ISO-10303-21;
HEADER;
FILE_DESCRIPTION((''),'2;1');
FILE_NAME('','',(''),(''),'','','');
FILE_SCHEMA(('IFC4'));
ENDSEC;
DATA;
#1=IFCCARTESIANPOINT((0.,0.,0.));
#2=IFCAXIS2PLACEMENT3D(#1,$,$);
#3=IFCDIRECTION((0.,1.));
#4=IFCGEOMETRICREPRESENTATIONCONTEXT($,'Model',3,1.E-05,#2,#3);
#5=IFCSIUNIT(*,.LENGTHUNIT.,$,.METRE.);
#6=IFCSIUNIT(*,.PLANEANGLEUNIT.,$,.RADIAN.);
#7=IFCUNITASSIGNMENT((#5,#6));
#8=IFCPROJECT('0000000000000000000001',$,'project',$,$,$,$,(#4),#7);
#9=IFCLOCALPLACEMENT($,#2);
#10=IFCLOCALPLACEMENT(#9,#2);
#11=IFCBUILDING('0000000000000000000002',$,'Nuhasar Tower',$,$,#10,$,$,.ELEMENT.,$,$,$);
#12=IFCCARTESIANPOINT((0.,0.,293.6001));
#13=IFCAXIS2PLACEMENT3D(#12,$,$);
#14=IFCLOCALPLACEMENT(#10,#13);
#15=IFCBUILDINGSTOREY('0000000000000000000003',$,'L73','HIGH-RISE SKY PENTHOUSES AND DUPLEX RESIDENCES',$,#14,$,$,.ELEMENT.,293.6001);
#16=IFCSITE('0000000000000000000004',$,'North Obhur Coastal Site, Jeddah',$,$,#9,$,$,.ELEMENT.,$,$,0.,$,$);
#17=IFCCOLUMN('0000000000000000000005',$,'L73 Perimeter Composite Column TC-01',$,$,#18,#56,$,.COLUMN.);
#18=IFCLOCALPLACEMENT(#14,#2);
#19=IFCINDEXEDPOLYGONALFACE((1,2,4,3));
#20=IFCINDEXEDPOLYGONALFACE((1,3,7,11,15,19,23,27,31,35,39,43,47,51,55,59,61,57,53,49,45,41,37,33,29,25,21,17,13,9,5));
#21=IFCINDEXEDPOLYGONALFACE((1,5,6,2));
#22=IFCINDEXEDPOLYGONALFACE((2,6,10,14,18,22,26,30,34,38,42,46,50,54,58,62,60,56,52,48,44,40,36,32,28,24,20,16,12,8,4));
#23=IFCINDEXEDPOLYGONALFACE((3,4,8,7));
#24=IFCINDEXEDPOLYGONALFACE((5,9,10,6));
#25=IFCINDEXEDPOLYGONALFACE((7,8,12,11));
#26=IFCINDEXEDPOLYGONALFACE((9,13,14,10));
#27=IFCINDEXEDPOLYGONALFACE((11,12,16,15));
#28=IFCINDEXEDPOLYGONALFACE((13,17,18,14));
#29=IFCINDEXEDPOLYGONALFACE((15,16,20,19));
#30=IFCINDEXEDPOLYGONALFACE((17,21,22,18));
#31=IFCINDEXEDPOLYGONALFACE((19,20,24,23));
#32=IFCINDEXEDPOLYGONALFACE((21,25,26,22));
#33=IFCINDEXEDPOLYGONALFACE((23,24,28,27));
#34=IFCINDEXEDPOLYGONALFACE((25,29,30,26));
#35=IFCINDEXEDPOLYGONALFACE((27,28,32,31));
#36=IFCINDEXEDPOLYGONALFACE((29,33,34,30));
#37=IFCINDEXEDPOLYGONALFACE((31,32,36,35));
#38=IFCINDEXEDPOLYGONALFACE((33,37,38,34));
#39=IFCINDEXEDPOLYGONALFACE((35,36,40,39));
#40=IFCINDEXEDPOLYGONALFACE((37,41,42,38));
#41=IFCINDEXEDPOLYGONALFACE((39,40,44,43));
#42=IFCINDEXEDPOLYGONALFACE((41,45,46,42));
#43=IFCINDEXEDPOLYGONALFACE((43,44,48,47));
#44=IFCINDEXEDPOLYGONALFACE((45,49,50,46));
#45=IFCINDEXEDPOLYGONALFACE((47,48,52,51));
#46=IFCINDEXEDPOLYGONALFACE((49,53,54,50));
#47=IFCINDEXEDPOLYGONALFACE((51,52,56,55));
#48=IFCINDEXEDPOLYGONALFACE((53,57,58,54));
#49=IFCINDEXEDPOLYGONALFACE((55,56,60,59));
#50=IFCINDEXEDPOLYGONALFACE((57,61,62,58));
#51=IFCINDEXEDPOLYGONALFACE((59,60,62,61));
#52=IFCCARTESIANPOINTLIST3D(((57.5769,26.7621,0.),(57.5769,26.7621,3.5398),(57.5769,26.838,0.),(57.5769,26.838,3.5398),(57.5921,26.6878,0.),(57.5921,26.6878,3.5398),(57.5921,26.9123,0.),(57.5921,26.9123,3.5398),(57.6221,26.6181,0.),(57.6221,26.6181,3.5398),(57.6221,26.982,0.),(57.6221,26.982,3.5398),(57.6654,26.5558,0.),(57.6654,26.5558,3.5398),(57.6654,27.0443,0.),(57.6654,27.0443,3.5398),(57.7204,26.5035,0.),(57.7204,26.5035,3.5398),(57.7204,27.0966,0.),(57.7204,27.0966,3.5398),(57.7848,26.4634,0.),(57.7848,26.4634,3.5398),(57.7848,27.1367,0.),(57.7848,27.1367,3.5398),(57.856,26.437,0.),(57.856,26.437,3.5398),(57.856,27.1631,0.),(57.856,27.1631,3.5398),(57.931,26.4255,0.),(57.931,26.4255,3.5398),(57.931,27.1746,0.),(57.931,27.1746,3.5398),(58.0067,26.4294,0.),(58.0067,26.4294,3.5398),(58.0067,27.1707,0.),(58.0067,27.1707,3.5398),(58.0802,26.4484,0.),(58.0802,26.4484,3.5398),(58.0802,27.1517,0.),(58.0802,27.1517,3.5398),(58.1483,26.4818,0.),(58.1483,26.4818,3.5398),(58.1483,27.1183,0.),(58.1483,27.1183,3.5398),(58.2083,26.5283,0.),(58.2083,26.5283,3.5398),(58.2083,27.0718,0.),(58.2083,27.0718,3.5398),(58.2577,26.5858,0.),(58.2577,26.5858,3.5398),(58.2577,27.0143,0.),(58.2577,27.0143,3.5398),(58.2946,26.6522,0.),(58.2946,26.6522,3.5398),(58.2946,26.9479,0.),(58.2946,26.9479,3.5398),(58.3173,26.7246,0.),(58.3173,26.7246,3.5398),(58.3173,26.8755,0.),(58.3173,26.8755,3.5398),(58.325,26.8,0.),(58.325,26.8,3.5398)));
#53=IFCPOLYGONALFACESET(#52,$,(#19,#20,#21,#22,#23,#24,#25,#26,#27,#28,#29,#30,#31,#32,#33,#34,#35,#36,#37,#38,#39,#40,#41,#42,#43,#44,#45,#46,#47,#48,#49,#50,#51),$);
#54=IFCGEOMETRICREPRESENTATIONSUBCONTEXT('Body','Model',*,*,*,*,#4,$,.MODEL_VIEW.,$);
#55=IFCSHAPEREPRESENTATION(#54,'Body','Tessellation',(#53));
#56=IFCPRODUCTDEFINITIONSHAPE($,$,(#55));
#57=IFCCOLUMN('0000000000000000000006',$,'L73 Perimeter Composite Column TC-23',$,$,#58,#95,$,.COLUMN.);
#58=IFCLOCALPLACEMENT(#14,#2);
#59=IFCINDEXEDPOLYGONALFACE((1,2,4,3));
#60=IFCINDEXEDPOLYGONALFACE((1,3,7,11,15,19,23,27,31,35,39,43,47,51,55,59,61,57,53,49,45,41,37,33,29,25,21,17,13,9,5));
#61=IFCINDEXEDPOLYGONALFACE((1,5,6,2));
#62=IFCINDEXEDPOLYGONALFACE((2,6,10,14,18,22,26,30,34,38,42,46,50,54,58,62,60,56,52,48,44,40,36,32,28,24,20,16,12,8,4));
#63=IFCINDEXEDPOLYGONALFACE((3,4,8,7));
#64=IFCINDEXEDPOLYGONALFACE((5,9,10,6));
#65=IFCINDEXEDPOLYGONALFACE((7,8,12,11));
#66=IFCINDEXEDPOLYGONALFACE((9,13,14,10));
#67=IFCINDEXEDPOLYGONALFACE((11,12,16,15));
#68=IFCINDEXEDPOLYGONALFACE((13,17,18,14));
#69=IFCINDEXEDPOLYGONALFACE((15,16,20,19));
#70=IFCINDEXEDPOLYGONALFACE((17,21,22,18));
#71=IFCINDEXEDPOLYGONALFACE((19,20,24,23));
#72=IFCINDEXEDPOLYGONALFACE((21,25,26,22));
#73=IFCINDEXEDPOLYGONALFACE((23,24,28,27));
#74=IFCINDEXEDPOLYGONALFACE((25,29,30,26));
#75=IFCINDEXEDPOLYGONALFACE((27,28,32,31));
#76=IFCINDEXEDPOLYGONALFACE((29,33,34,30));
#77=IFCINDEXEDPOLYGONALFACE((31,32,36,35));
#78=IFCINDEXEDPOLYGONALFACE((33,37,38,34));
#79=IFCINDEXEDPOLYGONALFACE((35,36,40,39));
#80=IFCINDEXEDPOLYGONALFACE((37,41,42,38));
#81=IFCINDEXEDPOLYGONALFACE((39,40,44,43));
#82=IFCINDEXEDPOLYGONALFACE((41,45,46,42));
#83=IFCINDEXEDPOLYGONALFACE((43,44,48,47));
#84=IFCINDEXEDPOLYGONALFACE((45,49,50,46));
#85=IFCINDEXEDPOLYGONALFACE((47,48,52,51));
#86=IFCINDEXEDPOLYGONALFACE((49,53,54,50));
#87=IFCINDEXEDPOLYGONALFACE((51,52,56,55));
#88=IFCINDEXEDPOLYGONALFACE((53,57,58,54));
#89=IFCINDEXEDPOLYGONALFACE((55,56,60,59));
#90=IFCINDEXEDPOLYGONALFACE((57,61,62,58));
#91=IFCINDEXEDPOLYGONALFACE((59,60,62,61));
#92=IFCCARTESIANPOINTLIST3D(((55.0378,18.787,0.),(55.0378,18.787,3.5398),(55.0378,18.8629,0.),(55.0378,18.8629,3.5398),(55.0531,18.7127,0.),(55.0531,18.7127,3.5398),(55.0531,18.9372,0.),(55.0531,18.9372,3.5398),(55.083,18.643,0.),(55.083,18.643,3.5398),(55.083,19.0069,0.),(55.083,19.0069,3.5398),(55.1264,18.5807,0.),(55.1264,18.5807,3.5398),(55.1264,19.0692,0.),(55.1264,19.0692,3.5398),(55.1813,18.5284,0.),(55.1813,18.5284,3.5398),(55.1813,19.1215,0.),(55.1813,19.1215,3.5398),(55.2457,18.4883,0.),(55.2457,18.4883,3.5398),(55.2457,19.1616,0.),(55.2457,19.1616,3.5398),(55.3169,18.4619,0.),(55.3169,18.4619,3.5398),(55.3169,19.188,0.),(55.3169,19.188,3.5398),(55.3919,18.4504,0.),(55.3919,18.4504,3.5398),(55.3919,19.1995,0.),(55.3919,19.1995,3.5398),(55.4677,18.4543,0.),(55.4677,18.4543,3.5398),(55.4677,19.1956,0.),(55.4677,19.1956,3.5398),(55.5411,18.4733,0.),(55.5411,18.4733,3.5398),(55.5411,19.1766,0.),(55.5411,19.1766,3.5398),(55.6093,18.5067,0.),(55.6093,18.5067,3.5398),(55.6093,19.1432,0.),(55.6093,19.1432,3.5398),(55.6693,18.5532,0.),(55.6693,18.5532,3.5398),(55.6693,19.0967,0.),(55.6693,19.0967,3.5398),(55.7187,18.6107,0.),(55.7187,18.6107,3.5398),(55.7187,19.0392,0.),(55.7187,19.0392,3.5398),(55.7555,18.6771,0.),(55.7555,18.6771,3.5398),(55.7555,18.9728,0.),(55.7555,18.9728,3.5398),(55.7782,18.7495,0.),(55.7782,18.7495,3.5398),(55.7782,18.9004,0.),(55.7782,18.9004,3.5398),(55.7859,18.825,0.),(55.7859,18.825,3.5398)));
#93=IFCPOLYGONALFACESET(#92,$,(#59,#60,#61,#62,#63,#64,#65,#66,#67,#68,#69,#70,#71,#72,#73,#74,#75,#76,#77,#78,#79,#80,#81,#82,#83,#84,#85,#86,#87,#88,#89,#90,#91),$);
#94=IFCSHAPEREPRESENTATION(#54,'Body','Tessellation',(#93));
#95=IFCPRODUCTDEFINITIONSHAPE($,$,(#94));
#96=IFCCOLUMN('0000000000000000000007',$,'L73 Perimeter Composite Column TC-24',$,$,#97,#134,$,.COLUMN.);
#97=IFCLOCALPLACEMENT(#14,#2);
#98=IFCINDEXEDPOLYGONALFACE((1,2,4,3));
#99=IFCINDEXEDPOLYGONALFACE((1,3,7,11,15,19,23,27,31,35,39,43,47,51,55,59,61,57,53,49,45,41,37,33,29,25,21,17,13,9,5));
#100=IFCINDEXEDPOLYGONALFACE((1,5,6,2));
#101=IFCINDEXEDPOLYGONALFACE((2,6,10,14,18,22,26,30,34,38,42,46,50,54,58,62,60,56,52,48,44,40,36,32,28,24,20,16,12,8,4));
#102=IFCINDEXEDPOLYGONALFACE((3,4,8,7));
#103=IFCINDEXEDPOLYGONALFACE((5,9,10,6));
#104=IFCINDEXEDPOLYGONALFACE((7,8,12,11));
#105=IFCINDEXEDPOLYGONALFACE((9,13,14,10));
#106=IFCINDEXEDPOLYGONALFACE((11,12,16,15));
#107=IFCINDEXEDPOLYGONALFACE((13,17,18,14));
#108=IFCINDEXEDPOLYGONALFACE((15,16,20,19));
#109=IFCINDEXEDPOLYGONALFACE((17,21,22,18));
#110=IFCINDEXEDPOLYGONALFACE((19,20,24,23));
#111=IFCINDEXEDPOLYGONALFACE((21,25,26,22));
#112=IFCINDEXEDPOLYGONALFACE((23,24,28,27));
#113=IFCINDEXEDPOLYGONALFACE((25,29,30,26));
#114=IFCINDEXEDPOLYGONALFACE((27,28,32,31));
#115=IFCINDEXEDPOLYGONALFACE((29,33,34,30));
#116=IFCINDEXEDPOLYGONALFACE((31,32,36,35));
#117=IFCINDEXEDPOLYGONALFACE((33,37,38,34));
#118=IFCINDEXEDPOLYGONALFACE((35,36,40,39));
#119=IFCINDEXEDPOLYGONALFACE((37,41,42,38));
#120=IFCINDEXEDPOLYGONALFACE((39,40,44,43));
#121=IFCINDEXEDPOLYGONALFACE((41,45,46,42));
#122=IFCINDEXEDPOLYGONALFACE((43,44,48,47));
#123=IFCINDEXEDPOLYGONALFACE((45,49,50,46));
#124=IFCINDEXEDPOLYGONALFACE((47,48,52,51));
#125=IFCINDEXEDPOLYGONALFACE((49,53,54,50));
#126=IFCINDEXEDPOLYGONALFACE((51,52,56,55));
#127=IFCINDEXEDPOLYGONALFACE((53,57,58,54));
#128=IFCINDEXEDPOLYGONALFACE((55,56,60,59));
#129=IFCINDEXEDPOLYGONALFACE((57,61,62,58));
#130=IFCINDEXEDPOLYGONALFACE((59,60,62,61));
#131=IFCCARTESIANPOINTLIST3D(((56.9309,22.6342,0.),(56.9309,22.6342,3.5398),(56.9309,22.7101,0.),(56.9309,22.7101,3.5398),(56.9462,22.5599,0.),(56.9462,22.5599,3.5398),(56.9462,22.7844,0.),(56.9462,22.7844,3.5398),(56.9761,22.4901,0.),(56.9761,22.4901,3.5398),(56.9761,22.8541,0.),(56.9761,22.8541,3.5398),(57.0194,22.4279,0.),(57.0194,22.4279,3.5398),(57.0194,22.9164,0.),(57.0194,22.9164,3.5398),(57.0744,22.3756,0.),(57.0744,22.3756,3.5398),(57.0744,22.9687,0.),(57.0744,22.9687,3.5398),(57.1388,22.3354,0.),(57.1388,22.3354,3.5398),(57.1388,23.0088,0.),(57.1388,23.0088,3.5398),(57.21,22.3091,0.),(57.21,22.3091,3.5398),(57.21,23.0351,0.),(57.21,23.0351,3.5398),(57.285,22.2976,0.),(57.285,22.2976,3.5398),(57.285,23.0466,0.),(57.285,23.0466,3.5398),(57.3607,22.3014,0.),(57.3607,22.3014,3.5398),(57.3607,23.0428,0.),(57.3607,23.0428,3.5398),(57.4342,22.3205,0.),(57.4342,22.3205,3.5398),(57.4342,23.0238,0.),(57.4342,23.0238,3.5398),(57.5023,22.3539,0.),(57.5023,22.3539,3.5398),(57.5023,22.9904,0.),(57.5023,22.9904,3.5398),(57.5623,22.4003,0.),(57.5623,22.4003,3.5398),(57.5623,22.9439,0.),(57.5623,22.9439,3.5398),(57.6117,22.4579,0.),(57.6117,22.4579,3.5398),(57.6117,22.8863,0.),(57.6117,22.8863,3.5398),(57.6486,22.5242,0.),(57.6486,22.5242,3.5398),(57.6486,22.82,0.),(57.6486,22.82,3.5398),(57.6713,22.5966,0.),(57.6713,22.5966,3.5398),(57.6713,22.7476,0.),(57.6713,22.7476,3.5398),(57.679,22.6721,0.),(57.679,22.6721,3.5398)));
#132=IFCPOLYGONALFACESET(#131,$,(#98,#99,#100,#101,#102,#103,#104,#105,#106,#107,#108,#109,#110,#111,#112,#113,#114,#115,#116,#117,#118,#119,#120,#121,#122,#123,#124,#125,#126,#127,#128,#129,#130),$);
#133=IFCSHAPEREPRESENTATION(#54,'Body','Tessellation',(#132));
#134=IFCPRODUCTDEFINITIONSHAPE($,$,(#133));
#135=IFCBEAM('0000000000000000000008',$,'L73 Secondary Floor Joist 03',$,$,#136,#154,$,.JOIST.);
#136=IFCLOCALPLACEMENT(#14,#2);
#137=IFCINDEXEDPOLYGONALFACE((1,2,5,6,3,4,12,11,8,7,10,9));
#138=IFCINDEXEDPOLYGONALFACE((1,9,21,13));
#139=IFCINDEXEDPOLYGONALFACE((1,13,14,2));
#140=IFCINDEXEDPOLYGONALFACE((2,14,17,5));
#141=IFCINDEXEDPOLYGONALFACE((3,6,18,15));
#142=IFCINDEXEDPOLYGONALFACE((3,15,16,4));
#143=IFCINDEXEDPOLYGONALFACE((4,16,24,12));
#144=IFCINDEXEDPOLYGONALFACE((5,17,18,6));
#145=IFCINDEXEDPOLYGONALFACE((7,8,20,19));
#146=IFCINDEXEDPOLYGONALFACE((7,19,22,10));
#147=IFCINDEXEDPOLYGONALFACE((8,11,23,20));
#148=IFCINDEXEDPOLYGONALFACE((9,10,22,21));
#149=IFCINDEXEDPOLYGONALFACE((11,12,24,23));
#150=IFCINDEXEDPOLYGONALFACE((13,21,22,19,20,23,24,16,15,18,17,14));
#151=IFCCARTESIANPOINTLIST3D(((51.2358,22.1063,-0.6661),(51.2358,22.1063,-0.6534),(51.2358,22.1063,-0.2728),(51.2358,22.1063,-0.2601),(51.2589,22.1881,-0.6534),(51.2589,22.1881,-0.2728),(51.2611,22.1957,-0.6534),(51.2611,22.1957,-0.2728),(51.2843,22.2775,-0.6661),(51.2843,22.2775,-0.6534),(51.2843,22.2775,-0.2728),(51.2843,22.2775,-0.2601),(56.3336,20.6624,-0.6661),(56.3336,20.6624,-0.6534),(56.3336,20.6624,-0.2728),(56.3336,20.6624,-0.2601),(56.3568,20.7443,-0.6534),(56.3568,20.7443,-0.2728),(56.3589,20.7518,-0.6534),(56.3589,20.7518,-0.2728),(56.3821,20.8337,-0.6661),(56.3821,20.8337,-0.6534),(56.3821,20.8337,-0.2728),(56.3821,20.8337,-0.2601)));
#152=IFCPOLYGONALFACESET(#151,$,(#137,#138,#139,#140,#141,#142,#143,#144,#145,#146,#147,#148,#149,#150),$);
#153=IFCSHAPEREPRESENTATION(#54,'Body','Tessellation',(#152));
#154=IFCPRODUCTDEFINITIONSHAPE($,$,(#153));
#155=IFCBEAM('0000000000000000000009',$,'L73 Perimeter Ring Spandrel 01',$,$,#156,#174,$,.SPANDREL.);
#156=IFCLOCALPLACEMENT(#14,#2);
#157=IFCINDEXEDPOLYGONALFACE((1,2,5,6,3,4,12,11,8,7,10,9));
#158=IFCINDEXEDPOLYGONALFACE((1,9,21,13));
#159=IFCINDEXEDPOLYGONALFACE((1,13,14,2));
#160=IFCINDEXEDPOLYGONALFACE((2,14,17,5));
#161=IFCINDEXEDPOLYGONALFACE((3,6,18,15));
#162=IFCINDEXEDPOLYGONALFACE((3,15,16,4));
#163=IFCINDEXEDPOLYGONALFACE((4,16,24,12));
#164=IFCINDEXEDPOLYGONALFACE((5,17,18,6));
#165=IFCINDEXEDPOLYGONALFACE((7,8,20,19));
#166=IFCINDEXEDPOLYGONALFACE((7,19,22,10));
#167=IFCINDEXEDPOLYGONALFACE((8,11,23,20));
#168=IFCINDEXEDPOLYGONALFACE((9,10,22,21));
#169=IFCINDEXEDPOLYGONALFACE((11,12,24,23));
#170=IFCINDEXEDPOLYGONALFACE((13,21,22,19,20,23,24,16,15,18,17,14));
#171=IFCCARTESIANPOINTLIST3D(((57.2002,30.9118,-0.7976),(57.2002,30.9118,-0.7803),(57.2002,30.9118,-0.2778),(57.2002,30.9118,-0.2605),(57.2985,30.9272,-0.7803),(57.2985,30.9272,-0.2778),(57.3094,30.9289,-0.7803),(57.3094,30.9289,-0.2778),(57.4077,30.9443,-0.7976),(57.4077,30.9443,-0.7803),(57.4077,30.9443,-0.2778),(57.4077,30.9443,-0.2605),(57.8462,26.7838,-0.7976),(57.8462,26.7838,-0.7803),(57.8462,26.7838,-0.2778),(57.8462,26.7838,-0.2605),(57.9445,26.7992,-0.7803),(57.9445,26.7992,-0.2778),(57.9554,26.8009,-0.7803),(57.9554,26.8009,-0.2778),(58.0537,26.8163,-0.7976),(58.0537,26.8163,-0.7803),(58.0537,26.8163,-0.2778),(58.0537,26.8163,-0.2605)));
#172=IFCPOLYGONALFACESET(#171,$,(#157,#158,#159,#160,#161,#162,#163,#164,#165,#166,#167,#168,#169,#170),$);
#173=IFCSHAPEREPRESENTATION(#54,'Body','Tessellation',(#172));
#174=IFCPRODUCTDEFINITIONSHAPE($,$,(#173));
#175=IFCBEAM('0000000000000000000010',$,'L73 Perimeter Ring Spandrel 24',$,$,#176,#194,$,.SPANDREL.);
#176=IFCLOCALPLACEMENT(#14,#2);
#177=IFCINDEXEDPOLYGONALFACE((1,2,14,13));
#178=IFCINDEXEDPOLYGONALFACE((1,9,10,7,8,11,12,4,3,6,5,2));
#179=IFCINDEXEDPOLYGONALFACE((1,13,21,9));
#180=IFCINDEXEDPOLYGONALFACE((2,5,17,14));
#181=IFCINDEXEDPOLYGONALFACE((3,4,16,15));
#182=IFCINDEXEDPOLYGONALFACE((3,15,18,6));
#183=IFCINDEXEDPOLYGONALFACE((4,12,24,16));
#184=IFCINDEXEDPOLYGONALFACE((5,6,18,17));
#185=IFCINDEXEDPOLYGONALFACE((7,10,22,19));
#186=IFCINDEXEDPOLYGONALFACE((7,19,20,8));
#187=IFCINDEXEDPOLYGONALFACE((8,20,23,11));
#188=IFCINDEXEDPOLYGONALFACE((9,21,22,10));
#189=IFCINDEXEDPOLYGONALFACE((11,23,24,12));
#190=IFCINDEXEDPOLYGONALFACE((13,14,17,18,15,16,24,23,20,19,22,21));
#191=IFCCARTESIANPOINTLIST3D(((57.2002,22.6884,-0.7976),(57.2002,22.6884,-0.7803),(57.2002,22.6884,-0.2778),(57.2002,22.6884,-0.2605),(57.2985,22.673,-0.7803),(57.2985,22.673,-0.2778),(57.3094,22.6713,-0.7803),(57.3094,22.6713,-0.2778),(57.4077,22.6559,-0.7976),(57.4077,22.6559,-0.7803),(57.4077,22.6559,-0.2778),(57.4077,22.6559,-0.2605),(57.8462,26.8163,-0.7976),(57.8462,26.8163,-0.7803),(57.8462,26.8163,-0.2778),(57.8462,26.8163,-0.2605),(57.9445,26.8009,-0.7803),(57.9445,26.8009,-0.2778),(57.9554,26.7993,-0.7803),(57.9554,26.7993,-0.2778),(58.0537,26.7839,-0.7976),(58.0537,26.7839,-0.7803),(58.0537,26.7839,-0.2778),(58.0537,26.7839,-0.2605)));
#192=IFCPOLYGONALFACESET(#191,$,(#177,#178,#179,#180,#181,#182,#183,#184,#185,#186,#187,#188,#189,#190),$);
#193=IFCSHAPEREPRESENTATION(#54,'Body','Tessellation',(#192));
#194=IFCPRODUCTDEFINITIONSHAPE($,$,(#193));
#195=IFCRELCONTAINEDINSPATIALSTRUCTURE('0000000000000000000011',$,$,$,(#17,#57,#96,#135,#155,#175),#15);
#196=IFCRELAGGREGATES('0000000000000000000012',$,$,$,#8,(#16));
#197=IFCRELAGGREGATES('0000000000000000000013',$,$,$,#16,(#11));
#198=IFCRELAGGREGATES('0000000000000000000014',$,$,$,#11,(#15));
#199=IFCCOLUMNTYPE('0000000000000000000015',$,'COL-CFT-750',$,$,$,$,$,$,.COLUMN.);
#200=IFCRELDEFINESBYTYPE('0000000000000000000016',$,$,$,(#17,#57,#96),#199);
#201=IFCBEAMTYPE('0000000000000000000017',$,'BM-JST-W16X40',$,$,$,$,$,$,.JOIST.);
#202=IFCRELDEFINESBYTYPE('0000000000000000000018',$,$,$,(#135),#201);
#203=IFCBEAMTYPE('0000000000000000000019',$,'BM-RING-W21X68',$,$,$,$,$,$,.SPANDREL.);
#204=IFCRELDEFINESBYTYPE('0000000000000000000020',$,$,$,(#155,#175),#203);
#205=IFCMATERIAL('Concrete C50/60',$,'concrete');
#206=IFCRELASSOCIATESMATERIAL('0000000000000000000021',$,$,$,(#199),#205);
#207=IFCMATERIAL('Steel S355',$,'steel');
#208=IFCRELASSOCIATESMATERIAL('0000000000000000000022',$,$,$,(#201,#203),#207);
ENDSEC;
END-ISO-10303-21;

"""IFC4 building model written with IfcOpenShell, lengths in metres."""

from ifc_helpers import new_model, si_unit, direction, frame, origin, origin_2d, place, context, subcontext, project, spatial, circle, i_section, extrude, material, material_profile, profile_set, type_object, element, save


model = new_model("IFC4")

# Units and contexts
model_context = context("Model", 3, precision=1e-05, world=origin(), true_north=direction((0.0, 1.0)))
body_context = subcontext(model_context, "Body", "Model", "MODEL_VIEW")
ifc_project = project(units=[si_unit("LENGTHUNIT", "METRE"), si_unit("PLANEANGLEUNIT", "RADIAN")], contexts=[model_context])

# Site, building, storey
site_placement = place(None, origin())
site = spatial("IfcSite", under=ifc_project, at=site_placement, Name="North Obhur Coastal Site, Jeddah", CompositionType="ELEMENT", RefElevation=0.0)
building_placement = place(site_placement, origin())
building = spatial("IfcBuilding", under=site, at=building_placement, Name="Nuhasar Tower", CompositionType="ELEMENT")
storey_placement = place(building_placement, frame((0.0, 0.0, 293.6001)))
storey = spatial("IfcBuildingStorey", under=building, at=storey_placement, Name="L73", Description="HIGH-RISE SKY PENTHOUSES AND DUPLEX RESIDENCES", CompositionType="ELEMENT", Elevation=293.6001)

# Columns
ifc_material_1 = material(Name="Concrete C50/60", Category="concrete")
ifc_material_profile_1 = material_profile(ifc_material_1, circle(Radius=0.375, at=origin_2d()), Name="CFT750")
ifc_profile_set_1 = profile_set([ifc_material_profile_1], Name="Concrete C50/60")
column_type = type_object("IfcColumnType", Name="COL-CFT-750", PredefinedType="COLUMN", material=ifc_profile_set_1)
for number, where, z_axis, x_axis, name in (
    (1, (57.95, 26.8, 0.0), (0.0, 0.0, 1.0), (1.0, 0.0, 0.0), "L73 Perimeter Composite Column TC-01"),
    (2, (55.4109, 18.825, 0.0), (0.0, 0.0, 1.0), (1.0, 0.0, 0.0), "L73 Perimeter Composite Column TC-23"),
    (3, (57.304, 22.6721, 0.0), (0.0, 0.0, 1.0), (1.0, 0.0, 0.0), "L73 Perimeter Composite Column TC-24"),
):
    element("IfcColumn", number, at=place(storey_placement, frame(where, z_axis=z_axis, x_axis=x_axis)), inside=storey, type_object=column_type, Name=name, PredefinedType="COLUMN", context=body_context, shape_type="SweptSolid", body=[
        extrude(circle(Radius=0.375, at=origin_2d()), origin(), (0.0, 0.0, 1.0), 3.5398),
    ])

# Beams
ifc_material_2 = material(Name="Steel S355", Category="steel")
ifc_material_profile_2 = material_profile(ifc_material_2, i_section(OverallWidth=0.178, OverallDepth=0.406, WebThickness=0.0078, FlangeThickness=0.0127, at=origin_2d()), Name="W16X40")
ifc_profile_set_2 = profile_set([ifc_material_profile_2], Name="Steel S355")
beam_type_1 = type_object("IfcBeamType", Name="BM-JST-W16X40", PredefinedType="JOIST", material=ifc_profile_set_2)
beam_1_placement = place(storey_placement, frame((51.26, 22.1919, -0.4631), z_axis=(0.962154, -0.272505, 0.0), x_axis=(0.272505, 0.962154, 0.0)))
element("IfcBeam", 4, at=beam_1_placement, inside=storey, type_object=beam_type_1, Name="L73 Secondary Floor Joist 03", PredefinedType="JOIST", context=body_context, shape_type="SweptSolid", body=[
    extrude(i_section(OverallWidth=0.178, OverallDepth=0.406, WebThickness=0.0078, FlangeThickness=0.0127, at=origin_2d()), origin(), (0.0, 0.0, 1.0), 5.2983),
])
ifc_material_profile_3 = material_profile(ifc_material_2, i_section(OverallWidth=0.21, OverallDepth=0.5371, WebThickness=0.011, FlangeThickness=0.0173, at=origin_2d()), Name="W21X68")
ifc_profile_set_3 = profile_set([ifc_material_profile_3], Name="Steel S355")
beam_type_2 = type_object("IfcBeamType", Name="BM-RING-W21X68", PredefinedType="SPANDREL", material=ifc_profile_set_3)
for number, where, z_axis, x_axis, name in (
    (5, (57.95, 26.8, -0.5291), (-0.154612, 0.987975, 0.0), (-0.987975, -0.154612, 0.0), "L73 Perimeter Ring Spandrel 01"),
    (6, (57.304, 22.6721, -0.5291), (0.154612, 0.987975, 0.0), (-0.987975, 0.154612, 0.0), "L73 Perimeter Ring Spandrel 24"),
):
    element("IfcBeam", number, at=place(storey_placement, frame(where, z_axis=z_axis, x_axis=x_axis)), inside=storey, type_object=beam_type_2, Name=name, PredefinedType="SPANDREL", context=body_context, shape_type="SweptSolid", body=[
        extrude(i_section(OverallWidth=0.21, OverallDepth=0.5371, WebThickness=0.011, FlangeThickness=0.0173, at=origin_2d()), origin(), (0.0, 0.0, 1.0), 4.1782),
    ])

save(model, "model.ifc")
